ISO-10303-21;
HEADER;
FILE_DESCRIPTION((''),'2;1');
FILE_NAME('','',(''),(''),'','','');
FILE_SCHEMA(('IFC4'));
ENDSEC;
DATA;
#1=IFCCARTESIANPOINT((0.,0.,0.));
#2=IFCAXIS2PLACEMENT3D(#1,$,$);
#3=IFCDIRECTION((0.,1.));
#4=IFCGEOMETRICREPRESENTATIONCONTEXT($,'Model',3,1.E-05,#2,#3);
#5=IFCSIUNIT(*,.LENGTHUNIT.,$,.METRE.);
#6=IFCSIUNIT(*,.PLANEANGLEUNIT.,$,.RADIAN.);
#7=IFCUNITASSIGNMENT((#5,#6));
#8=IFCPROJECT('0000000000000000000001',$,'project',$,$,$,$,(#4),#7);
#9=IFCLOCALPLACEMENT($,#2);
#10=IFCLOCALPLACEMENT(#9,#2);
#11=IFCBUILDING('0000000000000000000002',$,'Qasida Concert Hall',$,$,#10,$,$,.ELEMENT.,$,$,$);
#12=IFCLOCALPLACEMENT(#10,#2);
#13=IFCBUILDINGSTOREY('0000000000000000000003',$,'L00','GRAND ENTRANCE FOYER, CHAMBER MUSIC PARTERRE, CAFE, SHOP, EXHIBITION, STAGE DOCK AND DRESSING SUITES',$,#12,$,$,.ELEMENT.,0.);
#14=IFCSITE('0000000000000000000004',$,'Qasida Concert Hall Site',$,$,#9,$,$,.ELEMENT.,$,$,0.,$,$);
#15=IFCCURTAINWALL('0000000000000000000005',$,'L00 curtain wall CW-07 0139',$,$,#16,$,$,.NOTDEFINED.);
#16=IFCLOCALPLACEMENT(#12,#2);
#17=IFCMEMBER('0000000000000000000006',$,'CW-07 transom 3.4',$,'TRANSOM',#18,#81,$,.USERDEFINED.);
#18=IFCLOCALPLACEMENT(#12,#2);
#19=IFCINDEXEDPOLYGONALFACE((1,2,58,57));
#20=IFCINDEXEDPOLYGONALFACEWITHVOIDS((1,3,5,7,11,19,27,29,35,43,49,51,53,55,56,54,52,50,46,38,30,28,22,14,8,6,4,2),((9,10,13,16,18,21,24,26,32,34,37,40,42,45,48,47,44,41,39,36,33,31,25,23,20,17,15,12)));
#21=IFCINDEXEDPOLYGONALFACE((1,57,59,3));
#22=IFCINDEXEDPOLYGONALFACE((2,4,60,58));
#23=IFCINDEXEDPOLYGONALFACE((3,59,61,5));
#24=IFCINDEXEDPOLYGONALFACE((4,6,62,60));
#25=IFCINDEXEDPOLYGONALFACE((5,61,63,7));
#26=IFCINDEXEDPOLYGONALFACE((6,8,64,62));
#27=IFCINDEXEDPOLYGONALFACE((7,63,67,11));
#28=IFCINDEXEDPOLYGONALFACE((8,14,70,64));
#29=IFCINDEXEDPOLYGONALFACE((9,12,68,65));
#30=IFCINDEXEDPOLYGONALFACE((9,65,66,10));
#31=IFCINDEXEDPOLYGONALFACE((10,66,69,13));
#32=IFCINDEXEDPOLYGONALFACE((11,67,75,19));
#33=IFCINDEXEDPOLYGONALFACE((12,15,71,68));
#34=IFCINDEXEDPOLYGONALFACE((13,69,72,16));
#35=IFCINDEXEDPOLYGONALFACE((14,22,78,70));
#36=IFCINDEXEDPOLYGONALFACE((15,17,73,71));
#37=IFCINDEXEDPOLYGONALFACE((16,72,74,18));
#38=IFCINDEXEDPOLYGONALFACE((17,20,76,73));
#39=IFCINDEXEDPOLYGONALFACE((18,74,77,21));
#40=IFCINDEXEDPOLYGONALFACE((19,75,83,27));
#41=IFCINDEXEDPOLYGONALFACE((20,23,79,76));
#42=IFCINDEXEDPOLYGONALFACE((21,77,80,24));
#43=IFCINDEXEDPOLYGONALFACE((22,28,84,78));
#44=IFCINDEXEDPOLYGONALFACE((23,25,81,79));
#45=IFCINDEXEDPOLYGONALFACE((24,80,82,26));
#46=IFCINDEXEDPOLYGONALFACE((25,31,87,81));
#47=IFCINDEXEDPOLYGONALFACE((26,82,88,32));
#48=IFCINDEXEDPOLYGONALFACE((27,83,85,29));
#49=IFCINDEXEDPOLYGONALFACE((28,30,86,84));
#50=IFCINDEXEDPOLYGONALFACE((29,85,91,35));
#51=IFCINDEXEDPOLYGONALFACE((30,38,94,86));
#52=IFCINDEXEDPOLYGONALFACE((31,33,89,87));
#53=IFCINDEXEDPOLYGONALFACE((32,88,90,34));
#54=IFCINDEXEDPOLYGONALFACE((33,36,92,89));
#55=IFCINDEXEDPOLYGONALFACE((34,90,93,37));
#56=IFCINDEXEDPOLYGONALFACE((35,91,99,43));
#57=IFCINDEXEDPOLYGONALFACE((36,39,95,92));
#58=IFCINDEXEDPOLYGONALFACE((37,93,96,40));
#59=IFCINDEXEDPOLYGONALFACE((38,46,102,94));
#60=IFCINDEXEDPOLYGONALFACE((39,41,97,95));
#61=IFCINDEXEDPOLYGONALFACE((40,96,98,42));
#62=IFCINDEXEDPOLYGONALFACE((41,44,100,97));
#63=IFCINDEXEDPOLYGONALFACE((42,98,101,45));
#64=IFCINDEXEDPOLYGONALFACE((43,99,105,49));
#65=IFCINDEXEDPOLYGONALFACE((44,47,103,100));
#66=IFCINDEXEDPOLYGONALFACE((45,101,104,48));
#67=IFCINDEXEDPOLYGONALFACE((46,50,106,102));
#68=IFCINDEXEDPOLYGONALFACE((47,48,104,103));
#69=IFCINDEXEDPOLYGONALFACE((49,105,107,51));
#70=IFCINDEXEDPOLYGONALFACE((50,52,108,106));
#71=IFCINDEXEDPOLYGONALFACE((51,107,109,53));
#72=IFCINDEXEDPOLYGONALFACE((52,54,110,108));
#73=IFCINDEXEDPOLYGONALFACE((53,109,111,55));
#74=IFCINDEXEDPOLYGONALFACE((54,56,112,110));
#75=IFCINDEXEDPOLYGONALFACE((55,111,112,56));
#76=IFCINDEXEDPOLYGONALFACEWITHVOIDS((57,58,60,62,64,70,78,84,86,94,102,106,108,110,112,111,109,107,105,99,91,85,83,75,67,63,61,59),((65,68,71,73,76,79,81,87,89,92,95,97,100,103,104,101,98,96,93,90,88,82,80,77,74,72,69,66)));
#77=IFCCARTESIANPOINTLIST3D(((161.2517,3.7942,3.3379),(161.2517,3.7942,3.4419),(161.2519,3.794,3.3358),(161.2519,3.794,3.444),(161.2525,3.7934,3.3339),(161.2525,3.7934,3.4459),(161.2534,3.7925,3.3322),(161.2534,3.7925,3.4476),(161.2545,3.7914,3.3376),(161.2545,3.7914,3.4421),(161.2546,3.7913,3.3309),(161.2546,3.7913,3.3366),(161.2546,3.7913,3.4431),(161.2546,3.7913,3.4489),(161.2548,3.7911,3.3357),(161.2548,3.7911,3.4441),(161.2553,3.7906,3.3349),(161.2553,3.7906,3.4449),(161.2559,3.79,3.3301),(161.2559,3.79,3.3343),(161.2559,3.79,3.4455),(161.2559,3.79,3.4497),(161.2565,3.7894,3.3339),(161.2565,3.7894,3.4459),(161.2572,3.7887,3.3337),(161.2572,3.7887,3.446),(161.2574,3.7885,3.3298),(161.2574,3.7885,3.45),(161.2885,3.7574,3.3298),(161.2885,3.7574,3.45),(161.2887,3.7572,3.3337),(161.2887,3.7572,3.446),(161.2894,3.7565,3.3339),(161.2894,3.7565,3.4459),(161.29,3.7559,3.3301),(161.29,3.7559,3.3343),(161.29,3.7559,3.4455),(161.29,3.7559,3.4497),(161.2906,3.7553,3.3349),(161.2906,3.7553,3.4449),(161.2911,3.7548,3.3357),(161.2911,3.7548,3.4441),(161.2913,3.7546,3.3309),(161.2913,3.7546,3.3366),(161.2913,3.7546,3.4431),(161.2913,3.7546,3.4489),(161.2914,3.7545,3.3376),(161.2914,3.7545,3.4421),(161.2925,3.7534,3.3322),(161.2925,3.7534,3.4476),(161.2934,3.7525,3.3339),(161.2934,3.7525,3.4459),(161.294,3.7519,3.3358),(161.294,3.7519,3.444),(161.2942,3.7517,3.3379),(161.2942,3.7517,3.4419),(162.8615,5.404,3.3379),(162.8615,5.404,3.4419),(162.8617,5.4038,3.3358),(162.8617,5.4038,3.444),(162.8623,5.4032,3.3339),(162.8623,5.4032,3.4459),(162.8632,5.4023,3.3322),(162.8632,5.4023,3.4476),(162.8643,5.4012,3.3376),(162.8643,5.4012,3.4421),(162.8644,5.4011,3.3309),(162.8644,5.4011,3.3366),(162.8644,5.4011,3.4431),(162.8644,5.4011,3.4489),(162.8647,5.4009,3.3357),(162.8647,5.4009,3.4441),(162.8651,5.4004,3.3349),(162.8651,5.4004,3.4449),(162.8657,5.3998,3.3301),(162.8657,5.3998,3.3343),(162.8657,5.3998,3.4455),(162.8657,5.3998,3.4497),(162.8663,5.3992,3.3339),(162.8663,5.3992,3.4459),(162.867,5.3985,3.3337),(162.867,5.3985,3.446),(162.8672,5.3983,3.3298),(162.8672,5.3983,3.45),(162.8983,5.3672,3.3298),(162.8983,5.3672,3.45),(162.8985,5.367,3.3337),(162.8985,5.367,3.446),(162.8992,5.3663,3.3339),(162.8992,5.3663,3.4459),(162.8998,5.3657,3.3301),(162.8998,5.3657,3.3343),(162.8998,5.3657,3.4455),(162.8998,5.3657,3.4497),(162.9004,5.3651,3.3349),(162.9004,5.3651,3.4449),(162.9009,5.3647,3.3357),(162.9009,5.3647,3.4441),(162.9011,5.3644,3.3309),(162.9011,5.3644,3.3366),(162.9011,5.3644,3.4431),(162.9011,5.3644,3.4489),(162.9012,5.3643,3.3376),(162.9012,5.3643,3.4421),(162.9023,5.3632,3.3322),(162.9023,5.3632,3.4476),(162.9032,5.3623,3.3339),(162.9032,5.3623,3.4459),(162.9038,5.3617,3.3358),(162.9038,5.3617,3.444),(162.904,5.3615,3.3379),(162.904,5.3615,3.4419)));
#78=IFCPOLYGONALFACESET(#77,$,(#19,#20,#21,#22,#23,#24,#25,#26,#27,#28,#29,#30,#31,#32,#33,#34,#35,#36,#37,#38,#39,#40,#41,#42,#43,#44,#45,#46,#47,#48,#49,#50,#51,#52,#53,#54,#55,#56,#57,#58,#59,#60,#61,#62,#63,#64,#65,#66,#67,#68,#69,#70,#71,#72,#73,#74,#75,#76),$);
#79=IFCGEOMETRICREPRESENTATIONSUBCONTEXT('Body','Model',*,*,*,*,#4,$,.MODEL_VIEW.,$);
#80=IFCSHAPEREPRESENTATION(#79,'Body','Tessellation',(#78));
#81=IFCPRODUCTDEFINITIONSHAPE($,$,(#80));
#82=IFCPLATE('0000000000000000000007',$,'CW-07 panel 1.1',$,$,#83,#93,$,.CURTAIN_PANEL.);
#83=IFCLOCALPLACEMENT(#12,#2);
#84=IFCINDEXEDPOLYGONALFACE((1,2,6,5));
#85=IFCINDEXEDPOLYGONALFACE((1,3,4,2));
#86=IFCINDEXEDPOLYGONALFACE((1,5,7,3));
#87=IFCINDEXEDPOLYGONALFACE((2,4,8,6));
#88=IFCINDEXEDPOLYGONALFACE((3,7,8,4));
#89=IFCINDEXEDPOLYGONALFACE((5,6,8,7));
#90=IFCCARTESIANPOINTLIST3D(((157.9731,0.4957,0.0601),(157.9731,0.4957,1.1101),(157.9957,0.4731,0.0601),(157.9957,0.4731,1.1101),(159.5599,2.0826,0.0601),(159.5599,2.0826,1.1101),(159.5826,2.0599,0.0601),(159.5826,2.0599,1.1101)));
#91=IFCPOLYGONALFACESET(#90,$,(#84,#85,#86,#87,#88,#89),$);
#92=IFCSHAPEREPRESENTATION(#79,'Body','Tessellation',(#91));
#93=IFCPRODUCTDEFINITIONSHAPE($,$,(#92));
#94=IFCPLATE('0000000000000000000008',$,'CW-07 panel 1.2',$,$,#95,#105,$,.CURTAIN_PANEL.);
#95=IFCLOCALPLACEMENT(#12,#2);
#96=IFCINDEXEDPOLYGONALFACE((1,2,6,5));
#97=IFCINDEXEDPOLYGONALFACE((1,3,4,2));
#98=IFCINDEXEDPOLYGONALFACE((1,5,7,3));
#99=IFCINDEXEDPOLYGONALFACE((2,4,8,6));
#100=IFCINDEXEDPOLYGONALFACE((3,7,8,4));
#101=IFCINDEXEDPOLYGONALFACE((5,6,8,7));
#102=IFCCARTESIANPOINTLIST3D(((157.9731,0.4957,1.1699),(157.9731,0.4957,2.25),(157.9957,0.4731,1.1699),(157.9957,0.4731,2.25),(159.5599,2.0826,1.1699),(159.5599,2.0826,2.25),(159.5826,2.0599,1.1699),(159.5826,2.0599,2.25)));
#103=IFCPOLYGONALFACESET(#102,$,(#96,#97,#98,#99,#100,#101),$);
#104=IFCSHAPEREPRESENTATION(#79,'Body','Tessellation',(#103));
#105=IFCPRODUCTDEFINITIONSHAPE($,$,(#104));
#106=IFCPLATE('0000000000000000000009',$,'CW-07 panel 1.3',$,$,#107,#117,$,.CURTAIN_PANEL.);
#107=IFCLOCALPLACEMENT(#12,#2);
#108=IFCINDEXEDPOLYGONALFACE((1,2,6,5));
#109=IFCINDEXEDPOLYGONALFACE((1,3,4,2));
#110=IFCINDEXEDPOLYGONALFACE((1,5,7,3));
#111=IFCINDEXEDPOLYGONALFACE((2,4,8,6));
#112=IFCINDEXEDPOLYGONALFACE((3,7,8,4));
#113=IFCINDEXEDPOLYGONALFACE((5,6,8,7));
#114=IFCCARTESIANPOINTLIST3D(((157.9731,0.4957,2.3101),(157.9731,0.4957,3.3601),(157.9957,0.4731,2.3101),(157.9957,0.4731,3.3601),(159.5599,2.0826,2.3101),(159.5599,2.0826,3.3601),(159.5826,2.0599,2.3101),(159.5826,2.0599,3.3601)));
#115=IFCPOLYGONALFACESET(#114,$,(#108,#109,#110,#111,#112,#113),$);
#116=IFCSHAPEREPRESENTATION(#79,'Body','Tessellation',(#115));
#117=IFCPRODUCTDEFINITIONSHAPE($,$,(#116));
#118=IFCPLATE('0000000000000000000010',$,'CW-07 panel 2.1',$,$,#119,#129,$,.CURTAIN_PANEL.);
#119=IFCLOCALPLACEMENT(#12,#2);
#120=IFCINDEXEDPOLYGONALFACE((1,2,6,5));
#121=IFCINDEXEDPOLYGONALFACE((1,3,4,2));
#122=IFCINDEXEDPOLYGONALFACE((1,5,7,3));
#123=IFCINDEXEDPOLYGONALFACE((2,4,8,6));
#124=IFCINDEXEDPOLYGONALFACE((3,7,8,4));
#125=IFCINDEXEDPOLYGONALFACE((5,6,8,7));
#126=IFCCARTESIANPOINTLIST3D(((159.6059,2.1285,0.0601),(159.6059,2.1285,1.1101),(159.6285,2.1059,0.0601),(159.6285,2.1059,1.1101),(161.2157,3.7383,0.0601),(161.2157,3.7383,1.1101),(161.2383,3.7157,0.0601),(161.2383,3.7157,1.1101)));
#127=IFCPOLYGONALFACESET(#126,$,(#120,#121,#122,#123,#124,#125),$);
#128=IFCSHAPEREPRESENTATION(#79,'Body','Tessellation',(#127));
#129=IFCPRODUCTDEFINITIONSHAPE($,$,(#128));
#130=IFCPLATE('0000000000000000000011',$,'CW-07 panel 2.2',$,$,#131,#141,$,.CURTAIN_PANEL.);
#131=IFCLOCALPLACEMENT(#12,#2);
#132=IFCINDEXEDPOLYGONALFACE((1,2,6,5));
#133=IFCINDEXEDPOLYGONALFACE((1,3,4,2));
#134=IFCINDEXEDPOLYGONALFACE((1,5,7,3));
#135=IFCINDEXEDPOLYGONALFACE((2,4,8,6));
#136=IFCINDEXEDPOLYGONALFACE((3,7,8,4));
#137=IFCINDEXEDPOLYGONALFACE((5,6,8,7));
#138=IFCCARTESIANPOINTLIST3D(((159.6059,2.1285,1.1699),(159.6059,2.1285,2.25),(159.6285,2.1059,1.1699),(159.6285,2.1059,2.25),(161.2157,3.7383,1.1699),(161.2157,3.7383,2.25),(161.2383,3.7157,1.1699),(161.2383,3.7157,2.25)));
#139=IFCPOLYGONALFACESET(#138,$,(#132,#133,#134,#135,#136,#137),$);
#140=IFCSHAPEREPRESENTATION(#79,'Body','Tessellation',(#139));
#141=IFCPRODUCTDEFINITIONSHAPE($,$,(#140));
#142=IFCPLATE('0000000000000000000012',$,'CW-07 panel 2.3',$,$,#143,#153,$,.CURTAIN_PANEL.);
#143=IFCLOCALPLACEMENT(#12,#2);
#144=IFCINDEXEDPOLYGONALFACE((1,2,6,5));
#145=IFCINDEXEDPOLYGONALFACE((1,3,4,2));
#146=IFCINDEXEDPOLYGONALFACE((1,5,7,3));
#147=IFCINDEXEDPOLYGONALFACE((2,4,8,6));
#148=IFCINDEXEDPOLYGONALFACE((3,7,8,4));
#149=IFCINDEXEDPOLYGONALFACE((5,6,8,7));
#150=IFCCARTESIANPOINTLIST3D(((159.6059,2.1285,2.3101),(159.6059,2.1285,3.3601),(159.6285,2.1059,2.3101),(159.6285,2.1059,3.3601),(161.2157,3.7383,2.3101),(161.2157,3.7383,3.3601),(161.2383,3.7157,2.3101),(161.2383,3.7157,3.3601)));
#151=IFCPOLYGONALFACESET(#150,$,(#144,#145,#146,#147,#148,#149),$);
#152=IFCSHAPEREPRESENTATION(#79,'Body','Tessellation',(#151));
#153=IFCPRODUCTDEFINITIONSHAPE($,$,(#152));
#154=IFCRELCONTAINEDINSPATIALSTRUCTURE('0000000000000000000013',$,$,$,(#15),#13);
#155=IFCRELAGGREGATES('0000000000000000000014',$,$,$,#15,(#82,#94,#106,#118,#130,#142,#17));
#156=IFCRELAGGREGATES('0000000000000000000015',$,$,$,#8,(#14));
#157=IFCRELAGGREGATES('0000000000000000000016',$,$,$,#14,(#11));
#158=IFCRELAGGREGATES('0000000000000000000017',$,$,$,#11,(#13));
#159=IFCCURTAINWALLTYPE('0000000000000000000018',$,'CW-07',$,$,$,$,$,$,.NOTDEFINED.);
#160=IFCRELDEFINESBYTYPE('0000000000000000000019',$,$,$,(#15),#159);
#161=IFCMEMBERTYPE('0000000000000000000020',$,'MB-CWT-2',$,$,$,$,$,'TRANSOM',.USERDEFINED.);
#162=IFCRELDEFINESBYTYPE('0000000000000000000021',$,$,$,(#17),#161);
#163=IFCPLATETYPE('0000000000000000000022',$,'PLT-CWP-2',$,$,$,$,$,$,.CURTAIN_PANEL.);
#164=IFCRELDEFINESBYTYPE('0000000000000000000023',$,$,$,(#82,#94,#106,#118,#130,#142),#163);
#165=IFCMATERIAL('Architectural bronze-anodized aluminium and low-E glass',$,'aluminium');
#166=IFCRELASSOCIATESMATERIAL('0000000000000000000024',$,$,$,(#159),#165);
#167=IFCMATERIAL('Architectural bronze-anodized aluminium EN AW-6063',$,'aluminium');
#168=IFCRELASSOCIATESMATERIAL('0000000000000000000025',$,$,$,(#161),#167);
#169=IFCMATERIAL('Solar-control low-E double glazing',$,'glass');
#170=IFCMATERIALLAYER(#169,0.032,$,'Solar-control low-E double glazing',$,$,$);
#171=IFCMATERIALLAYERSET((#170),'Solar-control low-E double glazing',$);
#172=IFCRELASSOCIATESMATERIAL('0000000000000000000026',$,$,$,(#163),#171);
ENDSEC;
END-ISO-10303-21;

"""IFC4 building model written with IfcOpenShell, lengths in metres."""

from ifc_helpers import new_model, si_unit, direction, frame, origin, origin_2d, place, context, subcontext, project, spatial, rectangle, hollow_rectangle, extrude, material, layer, layer_set, material_profile, profile_set, type_object, element, aggregate, save


model = new_model("IFC4")

# Units and contexts
model_context = context("Model", 3, precision=1e-05, world=origin(), true_north=direction((0.0, 1.0)))
body_context = subcontext(model_context, "Body", "Model", "MODEL_VIEW")
ifc_project = project(units=[si_unit("LENGTHUNIT", "METRE"), si_unit("PLANEANGLEUNIT", "RADIAN")], contexts=[model_context])

# Site, building, storey
site_placement = place(None, origin())
site = spatial("IfcSite", under=ifc_project, at=site_placement, Name="Qasida Concert Hall Site", CompositionType="ELEMENT", RefElevation=0.0)
building_placement = place(site_placement, origin())
building = spatial("IfcBuilding", under=site, at=building_placement, Name="Qasida Concert Hall", CompositionType="ELEMENT")
storey_placement = place(building_placement, origin())
storey = spatial("IfcBuildingStorey", under=building, at=storey_placement, Name="L00", Description="GRAND ENTRANCE FOYER, CHAMBER MUSIC PARTERRE, CAFE, SHOP, EXHIBITION, STAGE DOCK AND DRESSING SUITES", CompositionType="ELEMENT", Elevation=0.0)

# Curtain wall, member, plates
ifc_material_1 = material(Name="Architectural bronze-anodized aluminium and low-E glass", Category="aluminium")
curtain_wall_type = type_object("IfcCurtainWallType", Name="CW-07", PredefinedType="NOTDEFINED", material=ifc_material_1)
curtain_wall_placement = place(storey_placement, origin())
curtain_wall = element("IfcCurtainWall", 1, at=curtain_wall_placement, inside=storey, type_object=curtain_wall_type, Name="L00 curtain wall CW-07 0139", PredefinedType="NOTDEFINED")
ifc_material_2 = material(Name="Architectural bronze-anodized aluminium EN AW-6063", Category="aluminium")
ifc_material_profile_1 = material_profile(ifc_material_2, hollow_rectangle(XDim=0.0601, YDim=0.1201, WallThickness=0.0039, InnerFilletRadius=0.0039, OuterFilletRadius=0.0081, at=origin_2d()), Name="CWT 120x60x4")
ifc_profile_set_1 = profile_set([ifc_material_profile_1], Name="Architectural bronze-anodized aluminium EN AW-6063")
member_type_1 = type_object("IfcMemberType", Name="MB-CWT-2", ElementType="TRANSOM", PredefinedType="USERDEFINED", material=ifc_profile_set_1)
member_1_placement = place(storey_placement, frame((161.2729, 3.7729, 3.3899), z_axis=(0.707107, 0.707107, 0.0), x_axis=(-0.707107, 0.707107, 0.0)))
member_1 = element("IfcMember", 2, at=member_1_placement, type_object=member_type_1, Name="CW-07 transom 3.4", ObjectType="TRANSOM", PredefinedType="USERDEFINED", context=body_context, shape_type="SweptSolid", body=[
    extrude(hollow_rectangle(XDim=0.0601, YDim=0.1201, WallThickness=0.0039, InnerFilletRadius=0.0039, OuterFilletRadius=0.0081, at=origin_2d()), origin(), (0.0, 0.0, 1.0), 2.2766),
])
ifc_material_3 = material(Name="Solar-control low-E double glazing", Category="glass")
ifc_layer = layer(ifc_material_3, 0.032, Name="Solar-control low-E double glazing")
ifc_layer_set = layer_set([ifc_layer], Name="Solar-control low-E double glazing")
plate_type = type_object("IfcPlateType", Name="PLT-CWP-2", PredefinedType="CURTAIN_PANEL", material=ifc_layer_set)
plate_1_placement = place(storey_placement, frame((158.7778, 1.2778, 0.0601), z_axis=(0.0, 0.0, 1.0), x_axis=(0.707107, 0.707107, 0.0)))
plate_1 = element("IfcPlate", 3, at=plate_1_placement, type_object=plate_type, Name="CW-07 panel 1.1", PredefinedType="CURTAIN_PANEL", context=body_context, shape_type="SweptSolid", body=[
    extrude(rectangle(XDim=2.2441, YDim=0.032, at=origin_2d()), origin(), (0.0, 0.0, 1.0), 1.05),
])
plate_2_placement = place(storey_placement, frame((158.7778, 1.2778, 1.1699), z_axis=(0.0, 0.0, 1.0), x_axis=(0.707107, 0.707107, 0.0)))
plate_2 = element("IfcPlate", 4, at=plate_2_placement, type_object=plate_type, Name="CW-07 panel 1.2", PredefinedType="CURTAIN_PANEL", context=body_context, shape_type="SweptSolid", body=[
    extrude(rectangle(XDim=2.2441, YDim=0.032, at=origin_2d()), origin(), (0.0, 0.0, 1.0), 1.0801),
])
plate_3_placement = place(storey_placement, frame((158.7778, 1.2778, 2.3101), z_axis=(0.0, 0.0, 1.0), x_axis=(0.707107, 0.707107, 0.0)))
plate_3 = element("IfcPlate", 5, at=plate_3_placement, type_object=plate_type, Name="CW-07 panel 1.3", PredefinedType="CURTAIN_PANEL", context=body_context, shape_type="SweptSolid", body=[
    extrude(rectangle(XDim=2.2441, YDim=0.032, at=origin_2d()), origin(), (0.0, 0.0, 1.0), 1.05),
])
plate_4_placement = place(storey_placement, frame((160.4221, 2.9221, 0.0601), z_axis=(0.0, 0.0, 1.0), x_axis=(0.707107, 0.707107, 0.0)))
plate_4 = element("IfcPlate", 6, at=plate_4_placement, type_object=plate_type, Name="CW-07 panel 2.1", PredefinedType="CURTAIN_PANEL", context=body_context, shape_type="SweptSolid", body=[
    extrude(rectangle(XDim=2.2766, YDim=0.032, at=origin_2d()), origin(), (0.0, 0.0, 1.0), 1.05),
])
plate_5_placement = place(storey_placement, frame((160.4221, 2.9221, 1.1699), z_axis=(0.0, 0.0, 1.0), x_axis=(0.707107, 0.707107, 0.0)))
plate_5 = element("IfcPlate", 7, at=plate_5_placement, type_object=plate_type, Name="CW-07 panel 2.2", PredefinedType="CURTAIN_PANEL", context=body_context, shape_type="SweptSolid", body=[
    extrude(rectangle(XDim=2.2766, YDim=0.032, at=origin_2d()), origin(), (0.0, 0.0, 1.0), 1.0801),
])
plate_6_placement = place(storey_placement, frame((160.4221, 2.9221, 2.3101), z_axis=(0.0, 0.0, 1.0), x_axis=(0.707107, 0.707107, 0.0)))
plate_6 = element("IfcPlate", 8, at=plate_6_placement, type_object=plate_type, Name="CW-07 panel 2.3", PredefinedType="CURTAIN_PANEL", context=body_context, shape_type="SweptSolid", body=[
    extrude(rectangle(XDim=2.2766, YDim=0.032, at=origin_2d()), origin(), (0.0, 0.0, 1.0), 1.05),
])
aggregate(curtain_wall, [plate_1, plate_2, plate_3, plate_4, plate_5, plate_6, member_1])

save(model, "model.ifc")
